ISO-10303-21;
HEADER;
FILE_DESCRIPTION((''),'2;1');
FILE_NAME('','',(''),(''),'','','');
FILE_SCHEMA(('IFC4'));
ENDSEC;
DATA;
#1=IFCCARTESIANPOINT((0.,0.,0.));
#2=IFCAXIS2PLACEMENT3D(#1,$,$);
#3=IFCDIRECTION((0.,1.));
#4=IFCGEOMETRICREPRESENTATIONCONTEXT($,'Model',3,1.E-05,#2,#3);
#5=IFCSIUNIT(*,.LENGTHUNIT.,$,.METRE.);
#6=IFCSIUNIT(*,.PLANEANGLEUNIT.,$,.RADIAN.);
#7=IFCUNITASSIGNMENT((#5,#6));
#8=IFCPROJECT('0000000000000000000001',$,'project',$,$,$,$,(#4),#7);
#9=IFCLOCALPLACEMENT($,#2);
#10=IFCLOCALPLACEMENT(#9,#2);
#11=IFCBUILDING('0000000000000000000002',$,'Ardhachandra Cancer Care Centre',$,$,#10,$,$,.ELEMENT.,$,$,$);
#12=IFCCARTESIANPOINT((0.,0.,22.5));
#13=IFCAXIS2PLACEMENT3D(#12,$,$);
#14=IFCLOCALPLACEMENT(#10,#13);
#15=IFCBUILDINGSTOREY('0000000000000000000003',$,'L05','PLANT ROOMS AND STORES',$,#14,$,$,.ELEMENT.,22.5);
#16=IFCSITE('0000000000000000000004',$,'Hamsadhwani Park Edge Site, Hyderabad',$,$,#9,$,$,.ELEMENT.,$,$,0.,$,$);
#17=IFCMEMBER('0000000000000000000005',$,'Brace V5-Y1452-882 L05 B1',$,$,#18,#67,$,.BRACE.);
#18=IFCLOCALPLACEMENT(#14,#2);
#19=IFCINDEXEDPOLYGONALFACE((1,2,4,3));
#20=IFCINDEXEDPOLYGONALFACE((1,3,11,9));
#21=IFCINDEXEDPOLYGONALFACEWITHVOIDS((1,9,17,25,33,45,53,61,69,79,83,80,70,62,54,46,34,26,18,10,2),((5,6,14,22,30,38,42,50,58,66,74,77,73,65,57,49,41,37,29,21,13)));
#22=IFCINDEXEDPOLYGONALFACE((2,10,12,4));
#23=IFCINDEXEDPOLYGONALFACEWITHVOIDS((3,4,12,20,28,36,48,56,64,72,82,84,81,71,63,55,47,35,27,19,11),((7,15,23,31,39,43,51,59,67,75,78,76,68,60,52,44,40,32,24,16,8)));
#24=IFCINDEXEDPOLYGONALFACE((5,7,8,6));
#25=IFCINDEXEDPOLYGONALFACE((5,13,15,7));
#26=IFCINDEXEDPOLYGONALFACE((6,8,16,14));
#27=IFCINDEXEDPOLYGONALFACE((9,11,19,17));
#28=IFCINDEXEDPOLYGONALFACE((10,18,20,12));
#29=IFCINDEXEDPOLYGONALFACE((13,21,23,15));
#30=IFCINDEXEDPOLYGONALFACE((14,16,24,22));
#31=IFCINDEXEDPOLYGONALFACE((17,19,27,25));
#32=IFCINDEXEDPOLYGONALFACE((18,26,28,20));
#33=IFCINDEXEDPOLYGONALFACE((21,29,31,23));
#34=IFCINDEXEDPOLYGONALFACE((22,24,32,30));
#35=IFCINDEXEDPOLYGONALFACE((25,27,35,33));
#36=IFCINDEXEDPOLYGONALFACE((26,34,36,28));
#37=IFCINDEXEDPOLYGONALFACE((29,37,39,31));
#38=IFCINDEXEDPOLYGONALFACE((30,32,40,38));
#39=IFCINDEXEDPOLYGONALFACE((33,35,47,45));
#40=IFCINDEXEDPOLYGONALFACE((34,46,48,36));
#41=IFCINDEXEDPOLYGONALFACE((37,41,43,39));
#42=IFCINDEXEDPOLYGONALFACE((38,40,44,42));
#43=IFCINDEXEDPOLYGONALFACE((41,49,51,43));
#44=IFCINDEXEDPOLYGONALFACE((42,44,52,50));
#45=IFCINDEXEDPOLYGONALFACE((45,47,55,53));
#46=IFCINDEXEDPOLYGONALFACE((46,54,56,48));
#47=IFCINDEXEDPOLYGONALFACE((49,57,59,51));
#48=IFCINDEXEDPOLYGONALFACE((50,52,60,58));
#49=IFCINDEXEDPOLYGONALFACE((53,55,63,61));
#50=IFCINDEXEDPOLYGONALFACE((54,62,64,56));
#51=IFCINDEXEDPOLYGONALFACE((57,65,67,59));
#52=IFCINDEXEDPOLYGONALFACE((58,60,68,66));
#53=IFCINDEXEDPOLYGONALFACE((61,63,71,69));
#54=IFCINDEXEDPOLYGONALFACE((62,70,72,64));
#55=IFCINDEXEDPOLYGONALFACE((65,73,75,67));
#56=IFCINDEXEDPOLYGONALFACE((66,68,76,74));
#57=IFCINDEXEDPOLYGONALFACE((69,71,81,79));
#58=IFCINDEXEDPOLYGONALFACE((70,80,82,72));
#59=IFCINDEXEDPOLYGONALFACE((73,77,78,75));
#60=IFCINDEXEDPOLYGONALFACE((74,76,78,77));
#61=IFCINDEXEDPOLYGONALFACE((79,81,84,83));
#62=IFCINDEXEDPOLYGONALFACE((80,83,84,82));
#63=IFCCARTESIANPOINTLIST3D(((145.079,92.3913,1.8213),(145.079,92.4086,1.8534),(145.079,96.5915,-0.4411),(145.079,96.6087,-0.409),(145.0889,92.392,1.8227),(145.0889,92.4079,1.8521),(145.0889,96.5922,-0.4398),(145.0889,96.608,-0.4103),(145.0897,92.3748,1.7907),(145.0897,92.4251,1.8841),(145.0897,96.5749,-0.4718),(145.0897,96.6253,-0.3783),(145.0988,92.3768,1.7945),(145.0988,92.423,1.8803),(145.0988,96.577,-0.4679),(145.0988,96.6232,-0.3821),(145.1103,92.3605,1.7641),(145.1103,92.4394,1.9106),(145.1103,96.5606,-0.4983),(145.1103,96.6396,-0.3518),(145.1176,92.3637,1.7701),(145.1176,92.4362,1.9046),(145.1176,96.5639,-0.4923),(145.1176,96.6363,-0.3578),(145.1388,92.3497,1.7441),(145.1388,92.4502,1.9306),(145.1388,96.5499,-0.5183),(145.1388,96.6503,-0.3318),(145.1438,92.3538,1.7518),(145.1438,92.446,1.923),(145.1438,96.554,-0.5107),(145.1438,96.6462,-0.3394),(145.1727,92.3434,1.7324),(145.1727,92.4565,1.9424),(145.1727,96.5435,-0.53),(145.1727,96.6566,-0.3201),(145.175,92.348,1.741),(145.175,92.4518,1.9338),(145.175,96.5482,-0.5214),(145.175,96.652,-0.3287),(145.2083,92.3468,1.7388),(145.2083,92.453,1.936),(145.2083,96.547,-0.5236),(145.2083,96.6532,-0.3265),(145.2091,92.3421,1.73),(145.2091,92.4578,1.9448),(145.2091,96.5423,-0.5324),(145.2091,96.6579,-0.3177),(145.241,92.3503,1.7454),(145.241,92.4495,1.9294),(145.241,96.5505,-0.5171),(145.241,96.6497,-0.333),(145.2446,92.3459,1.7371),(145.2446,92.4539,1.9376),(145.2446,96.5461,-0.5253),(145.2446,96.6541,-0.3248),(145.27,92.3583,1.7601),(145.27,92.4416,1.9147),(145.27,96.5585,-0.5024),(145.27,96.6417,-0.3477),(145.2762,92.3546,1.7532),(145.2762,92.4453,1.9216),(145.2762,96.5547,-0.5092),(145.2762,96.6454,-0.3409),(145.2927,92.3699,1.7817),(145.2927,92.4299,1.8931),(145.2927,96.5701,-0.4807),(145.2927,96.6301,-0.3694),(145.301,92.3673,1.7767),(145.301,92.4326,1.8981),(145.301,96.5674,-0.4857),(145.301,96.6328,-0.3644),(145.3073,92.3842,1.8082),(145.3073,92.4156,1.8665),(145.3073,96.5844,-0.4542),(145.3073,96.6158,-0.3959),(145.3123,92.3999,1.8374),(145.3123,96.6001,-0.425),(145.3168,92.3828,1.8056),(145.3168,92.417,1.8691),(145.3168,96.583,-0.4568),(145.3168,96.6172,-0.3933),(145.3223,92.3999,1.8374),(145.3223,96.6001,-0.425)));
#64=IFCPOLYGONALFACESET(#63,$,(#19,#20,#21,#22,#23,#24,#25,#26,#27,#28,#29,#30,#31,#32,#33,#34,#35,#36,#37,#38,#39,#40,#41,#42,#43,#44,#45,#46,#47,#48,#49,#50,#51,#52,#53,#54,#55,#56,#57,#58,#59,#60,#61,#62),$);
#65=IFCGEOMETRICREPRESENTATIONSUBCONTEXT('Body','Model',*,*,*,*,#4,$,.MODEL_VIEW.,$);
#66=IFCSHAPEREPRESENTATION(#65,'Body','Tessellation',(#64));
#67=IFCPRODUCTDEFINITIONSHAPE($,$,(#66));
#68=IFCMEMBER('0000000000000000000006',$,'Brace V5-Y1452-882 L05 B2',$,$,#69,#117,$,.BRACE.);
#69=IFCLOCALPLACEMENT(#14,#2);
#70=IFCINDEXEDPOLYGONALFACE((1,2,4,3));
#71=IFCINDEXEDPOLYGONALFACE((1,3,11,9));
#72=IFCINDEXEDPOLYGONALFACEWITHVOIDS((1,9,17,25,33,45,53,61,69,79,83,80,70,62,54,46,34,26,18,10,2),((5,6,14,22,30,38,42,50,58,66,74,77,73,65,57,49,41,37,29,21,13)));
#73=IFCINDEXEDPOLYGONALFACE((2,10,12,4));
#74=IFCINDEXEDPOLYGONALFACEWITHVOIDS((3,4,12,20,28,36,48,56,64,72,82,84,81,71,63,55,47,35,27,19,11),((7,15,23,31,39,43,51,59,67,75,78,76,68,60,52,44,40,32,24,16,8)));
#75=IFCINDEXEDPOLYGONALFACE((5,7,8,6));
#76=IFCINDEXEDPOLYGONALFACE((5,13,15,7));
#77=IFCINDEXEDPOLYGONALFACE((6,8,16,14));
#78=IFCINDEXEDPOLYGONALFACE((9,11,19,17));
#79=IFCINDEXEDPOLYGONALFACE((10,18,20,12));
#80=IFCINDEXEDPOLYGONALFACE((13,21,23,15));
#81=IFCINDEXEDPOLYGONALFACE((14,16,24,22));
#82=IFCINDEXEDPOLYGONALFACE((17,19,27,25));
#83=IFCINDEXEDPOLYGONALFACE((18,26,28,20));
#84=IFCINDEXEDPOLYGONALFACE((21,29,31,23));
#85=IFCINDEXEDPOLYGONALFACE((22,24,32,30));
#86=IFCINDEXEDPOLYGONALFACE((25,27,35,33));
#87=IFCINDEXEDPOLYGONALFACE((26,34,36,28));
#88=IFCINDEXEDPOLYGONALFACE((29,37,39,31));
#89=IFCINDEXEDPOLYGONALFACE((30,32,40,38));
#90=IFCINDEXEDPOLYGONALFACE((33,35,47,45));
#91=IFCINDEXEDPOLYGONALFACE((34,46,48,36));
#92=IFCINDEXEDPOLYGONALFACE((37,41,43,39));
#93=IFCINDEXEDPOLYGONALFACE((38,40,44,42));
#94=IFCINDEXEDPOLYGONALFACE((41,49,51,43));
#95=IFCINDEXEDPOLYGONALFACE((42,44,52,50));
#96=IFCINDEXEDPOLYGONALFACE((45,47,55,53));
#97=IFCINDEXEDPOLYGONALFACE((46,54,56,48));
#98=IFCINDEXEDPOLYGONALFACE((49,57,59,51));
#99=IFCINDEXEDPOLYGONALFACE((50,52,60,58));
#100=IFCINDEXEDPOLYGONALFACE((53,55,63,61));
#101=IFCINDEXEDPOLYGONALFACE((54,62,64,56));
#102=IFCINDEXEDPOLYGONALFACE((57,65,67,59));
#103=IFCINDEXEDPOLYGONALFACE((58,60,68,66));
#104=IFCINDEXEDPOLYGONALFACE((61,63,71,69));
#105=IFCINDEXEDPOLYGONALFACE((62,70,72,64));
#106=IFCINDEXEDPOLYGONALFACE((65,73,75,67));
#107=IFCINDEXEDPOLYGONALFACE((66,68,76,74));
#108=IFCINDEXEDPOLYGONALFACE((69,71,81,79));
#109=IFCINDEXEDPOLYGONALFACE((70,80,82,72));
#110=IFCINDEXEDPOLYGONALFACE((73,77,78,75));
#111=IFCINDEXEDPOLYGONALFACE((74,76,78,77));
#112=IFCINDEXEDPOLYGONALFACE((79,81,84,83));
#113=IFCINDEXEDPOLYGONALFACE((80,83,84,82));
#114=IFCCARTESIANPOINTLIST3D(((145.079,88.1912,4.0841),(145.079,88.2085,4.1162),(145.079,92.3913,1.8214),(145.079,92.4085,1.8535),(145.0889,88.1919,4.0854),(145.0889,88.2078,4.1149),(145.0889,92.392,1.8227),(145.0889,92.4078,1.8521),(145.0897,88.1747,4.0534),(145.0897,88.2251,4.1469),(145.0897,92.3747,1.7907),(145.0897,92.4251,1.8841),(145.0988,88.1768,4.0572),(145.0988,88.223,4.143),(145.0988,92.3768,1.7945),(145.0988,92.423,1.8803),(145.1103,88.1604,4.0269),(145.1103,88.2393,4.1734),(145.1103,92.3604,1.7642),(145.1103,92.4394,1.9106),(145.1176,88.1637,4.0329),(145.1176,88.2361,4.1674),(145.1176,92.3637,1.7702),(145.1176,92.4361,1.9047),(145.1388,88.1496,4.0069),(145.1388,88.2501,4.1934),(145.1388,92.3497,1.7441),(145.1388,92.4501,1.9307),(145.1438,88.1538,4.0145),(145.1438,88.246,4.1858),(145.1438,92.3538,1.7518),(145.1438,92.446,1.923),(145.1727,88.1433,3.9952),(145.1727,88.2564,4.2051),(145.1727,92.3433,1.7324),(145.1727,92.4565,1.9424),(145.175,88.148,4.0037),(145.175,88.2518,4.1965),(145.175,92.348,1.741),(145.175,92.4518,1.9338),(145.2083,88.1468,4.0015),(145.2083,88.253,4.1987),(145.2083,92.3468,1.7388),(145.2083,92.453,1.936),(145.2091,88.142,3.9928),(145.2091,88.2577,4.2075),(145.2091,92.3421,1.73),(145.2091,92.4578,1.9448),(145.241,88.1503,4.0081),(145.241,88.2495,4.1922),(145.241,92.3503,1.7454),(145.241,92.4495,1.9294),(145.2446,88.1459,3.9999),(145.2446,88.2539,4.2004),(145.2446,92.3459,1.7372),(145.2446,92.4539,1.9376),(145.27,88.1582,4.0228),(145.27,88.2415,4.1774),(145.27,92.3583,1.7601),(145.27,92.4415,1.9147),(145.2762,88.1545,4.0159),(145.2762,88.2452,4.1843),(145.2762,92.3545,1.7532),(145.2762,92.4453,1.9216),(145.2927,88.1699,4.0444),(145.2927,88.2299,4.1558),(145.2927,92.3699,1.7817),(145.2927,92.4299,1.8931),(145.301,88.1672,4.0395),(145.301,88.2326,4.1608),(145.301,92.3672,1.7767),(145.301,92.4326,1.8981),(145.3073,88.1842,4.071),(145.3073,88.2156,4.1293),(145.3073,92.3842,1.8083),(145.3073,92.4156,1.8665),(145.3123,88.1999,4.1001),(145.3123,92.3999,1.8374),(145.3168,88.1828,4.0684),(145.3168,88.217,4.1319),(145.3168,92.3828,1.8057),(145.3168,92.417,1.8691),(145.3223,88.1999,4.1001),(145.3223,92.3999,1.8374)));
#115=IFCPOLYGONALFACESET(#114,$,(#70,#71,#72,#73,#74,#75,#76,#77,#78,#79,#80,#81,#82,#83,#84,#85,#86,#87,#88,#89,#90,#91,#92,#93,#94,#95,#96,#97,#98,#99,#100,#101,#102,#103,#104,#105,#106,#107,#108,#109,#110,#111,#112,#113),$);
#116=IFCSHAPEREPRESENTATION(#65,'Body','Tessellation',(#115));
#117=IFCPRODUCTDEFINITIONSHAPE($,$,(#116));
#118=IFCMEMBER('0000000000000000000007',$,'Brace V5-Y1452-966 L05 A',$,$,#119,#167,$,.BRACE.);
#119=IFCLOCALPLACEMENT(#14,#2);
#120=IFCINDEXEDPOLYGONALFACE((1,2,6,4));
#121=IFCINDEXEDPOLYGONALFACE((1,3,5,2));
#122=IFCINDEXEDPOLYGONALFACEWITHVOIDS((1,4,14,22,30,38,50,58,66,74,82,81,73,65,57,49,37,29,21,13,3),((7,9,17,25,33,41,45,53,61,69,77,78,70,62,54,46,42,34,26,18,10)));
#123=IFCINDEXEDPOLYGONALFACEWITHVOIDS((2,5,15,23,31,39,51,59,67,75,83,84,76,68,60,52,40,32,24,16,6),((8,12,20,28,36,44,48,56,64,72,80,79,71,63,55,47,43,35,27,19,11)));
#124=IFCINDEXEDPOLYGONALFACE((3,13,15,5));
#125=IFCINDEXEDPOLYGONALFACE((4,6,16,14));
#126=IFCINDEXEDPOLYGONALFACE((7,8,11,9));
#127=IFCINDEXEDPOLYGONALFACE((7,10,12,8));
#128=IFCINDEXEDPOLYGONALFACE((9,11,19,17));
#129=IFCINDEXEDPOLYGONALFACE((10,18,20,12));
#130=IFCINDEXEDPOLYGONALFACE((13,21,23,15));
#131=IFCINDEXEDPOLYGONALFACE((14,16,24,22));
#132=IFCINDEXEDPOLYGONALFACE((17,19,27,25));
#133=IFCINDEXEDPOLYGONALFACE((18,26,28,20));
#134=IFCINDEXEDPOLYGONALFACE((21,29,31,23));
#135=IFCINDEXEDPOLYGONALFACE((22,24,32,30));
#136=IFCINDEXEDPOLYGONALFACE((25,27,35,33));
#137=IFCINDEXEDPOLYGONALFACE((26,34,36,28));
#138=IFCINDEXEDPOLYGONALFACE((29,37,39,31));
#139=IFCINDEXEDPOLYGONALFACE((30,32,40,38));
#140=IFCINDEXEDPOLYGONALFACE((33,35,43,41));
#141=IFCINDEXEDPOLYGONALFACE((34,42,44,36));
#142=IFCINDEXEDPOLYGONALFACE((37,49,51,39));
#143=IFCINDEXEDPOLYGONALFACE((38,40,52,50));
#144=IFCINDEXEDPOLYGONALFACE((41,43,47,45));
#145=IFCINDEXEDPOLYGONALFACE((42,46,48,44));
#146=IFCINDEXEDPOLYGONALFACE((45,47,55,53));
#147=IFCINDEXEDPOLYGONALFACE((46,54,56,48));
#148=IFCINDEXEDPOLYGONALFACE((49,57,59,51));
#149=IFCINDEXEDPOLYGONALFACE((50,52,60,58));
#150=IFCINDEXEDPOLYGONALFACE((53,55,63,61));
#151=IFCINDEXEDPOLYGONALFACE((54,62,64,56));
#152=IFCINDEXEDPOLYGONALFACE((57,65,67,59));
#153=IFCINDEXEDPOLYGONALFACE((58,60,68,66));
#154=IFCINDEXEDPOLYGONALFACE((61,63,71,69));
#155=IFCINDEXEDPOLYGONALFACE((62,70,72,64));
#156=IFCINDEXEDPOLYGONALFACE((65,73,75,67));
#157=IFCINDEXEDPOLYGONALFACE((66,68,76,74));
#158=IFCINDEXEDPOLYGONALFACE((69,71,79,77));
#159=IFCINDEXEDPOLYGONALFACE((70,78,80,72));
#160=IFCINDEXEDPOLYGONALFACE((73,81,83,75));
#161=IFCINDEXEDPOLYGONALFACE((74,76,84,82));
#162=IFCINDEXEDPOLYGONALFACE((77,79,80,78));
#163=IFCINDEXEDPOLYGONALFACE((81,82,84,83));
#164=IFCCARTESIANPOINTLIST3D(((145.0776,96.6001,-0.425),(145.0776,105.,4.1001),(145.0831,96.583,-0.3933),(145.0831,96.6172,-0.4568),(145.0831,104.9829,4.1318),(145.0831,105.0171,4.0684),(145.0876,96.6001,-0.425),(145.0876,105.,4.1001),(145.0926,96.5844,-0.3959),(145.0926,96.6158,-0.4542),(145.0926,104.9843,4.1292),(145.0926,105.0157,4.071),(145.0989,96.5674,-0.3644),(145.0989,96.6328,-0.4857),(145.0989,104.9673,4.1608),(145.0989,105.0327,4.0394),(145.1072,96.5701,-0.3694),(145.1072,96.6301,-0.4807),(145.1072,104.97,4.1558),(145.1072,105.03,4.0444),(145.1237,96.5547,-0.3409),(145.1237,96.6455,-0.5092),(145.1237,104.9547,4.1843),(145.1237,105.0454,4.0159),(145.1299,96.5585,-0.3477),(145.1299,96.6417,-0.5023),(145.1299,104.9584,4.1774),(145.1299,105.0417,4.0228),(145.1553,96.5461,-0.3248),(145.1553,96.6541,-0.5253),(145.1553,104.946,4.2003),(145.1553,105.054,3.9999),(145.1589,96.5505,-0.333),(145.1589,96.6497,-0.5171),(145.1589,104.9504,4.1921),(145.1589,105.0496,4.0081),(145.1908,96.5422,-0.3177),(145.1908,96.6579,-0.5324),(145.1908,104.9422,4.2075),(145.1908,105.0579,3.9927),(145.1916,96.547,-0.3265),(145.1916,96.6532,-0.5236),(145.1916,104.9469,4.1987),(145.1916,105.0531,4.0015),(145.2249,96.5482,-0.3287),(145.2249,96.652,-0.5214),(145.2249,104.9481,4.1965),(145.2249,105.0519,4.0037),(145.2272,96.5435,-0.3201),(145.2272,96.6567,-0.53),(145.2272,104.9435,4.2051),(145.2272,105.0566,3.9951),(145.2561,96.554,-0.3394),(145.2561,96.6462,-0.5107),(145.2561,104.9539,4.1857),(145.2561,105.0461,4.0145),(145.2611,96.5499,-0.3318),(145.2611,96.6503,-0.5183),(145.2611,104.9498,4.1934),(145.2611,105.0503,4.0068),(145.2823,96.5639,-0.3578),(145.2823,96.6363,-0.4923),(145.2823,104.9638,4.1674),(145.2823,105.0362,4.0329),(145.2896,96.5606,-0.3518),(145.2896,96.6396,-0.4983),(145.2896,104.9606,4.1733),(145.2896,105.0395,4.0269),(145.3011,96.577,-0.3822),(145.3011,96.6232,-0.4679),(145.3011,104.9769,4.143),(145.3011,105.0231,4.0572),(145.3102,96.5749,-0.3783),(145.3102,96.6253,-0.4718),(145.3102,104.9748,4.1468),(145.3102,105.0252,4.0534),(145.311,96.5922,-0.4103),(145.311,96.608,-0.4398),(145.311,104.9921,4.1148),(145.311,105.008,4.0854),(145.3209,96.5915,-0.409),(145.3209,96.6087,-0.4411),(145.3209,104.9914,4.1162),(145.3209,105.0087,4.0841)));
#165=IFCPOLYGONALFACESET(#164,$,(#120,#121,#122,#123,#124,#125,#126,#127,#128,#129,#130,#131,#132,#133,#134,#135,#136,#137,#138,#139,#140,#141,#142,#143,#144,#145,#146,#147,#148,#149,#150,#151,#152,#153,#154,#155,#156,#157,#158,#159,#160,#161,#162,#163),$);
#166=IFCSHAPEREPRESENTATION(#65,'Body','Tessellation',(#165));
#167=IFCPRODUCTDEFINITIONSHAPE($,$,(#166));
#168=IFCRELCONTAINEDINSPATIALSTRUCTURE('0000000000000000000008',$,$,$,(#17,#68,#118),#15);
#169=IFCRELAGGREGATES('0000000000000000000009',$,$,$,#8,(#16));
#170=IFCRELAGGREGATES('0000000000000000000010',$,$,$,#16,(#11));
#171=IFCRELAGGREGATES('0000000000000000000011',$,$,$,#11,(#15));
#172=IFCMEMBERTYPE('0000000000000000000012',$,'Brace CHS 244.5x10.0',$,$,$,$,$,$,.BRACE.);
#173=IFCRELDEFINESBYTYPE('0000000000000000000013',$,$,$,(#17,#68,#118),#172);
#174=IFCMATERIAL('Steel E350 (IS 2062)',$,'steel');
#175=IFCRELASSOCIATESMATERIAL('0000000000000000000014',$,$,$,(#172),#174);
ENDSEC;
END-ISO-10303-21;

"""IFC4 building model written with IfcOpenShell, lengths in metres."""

from ifc_helpers import new_model, si_unit, direction, frame, origin, origin_2d, place, context, subcontext, project, spatial, hollow_circle, extrude, material, material_profile, profile_set, type_object, element, save


model = new_model("IFC4")

# Units and contexts
model_context = context("Model", 3, precision=1e-05, world=origin(), true_north=direction((0.0, 1.0)))
body_context = subcontext(model_context, "Body", "Model", "MODEL_VIEW")
ifc_project = project(units=[si_unit("LENGTHUNIT", "METRE"), si_unit("PLANEANGLEUNIT", "RADIAN")], contexts=[model_context])

# Site, building, storey
site_placement = place(None, origin())
site = spatial("IfcSite", under=ifc_project, at=site_placement, Name="Hamsadhwani Park Edge Site, Hyderabad", CompositionType="ELEMENT", RefElevation=0.0)
building_placement = place(site_placement, origin())
building = spatial("IfcBuilding", under=site, at=building_placement, Name="Ardhachandra Cancer Care Centre", CompositionType="ELEMENT")
storey_placement = place(building_placement, frame((0.0, 0.0, 22.5)))
storey = spatial("IfcBuildingStorey", under=building, at=storey_placement, Name="L05", Description="PLANT ROOMS AND STORES", CompositionType="ELEMENT", Elevation=22.5)

# Members
ifc_material_1 = material(Name="Steel E350 (IS 2062)", Category="steel")
ifc_material_profile_1 = material_profile(ifc_material_1, hollow_circle(Radius=0.1223, WallThickness=0.01, at=origin_2d()), Name="CHS 244.5x10.0")
ifc_profile_set_1 = profile_set([ifc_material_profile_1], Name="Steel E350 (IS 2062)")
member_type = type_object("IfcMemberType", Name="Brace CHS 244.5x10.0", PredefinedType="BRACE", material=ifc_profile_set_1)
for number, where, z_axis, x_axis, name in (
    (1, (145.2, 96.6001, -0.425), (0.0, -0.8804, 0.474231), (1.0, 0.0, 0.0), "Brace V5-Y1452-882 L05 B1"),
    (2, (145.2, 92.3999, 1.8374), (0.0, -0.880368, 0.474292), (1.0, 0.0, 0.0), "Brace V5-Y1452-882 L05 B2"),
):
    element("IfcMember", number, at=place(storey_placement, frame(where, z_axis=z_axis, x_axis=x_axis)), inside=storey, type_object=member_type, Name=name, PredefinedType="BRACE", context=body_context, shape_type="SweptSolid", body=[
        extrude(hollow_circle(Radius=0.1223, WallThickness=0.01, at=origin_2d()), origin(), (0.0, 0.0, 1.0), 4.7708),
    ])
member_1_placement = place(storey_placement, frame((145.2, 96.6001, -0.425), z_axis=(0.0, 0.880378, 0.474272), x_axis=(-1.0, 0.0, 0.0)))
element("IfcMember", 3, at=member_1_placement, inside=storey, type_object=member_type, Name="Brace V5-Y1452-966 L05 A", PredefinedType="BRACE", context=body_context, shape_type="SweptSolid", body=[
    extrude(hollow_circle(Radius=0.1223, WallThickness=0.01, at=origin_2d()), origin(), (0.0, 0.0, 1.0), 9.5413),
])

save(model, "model.ifc")
